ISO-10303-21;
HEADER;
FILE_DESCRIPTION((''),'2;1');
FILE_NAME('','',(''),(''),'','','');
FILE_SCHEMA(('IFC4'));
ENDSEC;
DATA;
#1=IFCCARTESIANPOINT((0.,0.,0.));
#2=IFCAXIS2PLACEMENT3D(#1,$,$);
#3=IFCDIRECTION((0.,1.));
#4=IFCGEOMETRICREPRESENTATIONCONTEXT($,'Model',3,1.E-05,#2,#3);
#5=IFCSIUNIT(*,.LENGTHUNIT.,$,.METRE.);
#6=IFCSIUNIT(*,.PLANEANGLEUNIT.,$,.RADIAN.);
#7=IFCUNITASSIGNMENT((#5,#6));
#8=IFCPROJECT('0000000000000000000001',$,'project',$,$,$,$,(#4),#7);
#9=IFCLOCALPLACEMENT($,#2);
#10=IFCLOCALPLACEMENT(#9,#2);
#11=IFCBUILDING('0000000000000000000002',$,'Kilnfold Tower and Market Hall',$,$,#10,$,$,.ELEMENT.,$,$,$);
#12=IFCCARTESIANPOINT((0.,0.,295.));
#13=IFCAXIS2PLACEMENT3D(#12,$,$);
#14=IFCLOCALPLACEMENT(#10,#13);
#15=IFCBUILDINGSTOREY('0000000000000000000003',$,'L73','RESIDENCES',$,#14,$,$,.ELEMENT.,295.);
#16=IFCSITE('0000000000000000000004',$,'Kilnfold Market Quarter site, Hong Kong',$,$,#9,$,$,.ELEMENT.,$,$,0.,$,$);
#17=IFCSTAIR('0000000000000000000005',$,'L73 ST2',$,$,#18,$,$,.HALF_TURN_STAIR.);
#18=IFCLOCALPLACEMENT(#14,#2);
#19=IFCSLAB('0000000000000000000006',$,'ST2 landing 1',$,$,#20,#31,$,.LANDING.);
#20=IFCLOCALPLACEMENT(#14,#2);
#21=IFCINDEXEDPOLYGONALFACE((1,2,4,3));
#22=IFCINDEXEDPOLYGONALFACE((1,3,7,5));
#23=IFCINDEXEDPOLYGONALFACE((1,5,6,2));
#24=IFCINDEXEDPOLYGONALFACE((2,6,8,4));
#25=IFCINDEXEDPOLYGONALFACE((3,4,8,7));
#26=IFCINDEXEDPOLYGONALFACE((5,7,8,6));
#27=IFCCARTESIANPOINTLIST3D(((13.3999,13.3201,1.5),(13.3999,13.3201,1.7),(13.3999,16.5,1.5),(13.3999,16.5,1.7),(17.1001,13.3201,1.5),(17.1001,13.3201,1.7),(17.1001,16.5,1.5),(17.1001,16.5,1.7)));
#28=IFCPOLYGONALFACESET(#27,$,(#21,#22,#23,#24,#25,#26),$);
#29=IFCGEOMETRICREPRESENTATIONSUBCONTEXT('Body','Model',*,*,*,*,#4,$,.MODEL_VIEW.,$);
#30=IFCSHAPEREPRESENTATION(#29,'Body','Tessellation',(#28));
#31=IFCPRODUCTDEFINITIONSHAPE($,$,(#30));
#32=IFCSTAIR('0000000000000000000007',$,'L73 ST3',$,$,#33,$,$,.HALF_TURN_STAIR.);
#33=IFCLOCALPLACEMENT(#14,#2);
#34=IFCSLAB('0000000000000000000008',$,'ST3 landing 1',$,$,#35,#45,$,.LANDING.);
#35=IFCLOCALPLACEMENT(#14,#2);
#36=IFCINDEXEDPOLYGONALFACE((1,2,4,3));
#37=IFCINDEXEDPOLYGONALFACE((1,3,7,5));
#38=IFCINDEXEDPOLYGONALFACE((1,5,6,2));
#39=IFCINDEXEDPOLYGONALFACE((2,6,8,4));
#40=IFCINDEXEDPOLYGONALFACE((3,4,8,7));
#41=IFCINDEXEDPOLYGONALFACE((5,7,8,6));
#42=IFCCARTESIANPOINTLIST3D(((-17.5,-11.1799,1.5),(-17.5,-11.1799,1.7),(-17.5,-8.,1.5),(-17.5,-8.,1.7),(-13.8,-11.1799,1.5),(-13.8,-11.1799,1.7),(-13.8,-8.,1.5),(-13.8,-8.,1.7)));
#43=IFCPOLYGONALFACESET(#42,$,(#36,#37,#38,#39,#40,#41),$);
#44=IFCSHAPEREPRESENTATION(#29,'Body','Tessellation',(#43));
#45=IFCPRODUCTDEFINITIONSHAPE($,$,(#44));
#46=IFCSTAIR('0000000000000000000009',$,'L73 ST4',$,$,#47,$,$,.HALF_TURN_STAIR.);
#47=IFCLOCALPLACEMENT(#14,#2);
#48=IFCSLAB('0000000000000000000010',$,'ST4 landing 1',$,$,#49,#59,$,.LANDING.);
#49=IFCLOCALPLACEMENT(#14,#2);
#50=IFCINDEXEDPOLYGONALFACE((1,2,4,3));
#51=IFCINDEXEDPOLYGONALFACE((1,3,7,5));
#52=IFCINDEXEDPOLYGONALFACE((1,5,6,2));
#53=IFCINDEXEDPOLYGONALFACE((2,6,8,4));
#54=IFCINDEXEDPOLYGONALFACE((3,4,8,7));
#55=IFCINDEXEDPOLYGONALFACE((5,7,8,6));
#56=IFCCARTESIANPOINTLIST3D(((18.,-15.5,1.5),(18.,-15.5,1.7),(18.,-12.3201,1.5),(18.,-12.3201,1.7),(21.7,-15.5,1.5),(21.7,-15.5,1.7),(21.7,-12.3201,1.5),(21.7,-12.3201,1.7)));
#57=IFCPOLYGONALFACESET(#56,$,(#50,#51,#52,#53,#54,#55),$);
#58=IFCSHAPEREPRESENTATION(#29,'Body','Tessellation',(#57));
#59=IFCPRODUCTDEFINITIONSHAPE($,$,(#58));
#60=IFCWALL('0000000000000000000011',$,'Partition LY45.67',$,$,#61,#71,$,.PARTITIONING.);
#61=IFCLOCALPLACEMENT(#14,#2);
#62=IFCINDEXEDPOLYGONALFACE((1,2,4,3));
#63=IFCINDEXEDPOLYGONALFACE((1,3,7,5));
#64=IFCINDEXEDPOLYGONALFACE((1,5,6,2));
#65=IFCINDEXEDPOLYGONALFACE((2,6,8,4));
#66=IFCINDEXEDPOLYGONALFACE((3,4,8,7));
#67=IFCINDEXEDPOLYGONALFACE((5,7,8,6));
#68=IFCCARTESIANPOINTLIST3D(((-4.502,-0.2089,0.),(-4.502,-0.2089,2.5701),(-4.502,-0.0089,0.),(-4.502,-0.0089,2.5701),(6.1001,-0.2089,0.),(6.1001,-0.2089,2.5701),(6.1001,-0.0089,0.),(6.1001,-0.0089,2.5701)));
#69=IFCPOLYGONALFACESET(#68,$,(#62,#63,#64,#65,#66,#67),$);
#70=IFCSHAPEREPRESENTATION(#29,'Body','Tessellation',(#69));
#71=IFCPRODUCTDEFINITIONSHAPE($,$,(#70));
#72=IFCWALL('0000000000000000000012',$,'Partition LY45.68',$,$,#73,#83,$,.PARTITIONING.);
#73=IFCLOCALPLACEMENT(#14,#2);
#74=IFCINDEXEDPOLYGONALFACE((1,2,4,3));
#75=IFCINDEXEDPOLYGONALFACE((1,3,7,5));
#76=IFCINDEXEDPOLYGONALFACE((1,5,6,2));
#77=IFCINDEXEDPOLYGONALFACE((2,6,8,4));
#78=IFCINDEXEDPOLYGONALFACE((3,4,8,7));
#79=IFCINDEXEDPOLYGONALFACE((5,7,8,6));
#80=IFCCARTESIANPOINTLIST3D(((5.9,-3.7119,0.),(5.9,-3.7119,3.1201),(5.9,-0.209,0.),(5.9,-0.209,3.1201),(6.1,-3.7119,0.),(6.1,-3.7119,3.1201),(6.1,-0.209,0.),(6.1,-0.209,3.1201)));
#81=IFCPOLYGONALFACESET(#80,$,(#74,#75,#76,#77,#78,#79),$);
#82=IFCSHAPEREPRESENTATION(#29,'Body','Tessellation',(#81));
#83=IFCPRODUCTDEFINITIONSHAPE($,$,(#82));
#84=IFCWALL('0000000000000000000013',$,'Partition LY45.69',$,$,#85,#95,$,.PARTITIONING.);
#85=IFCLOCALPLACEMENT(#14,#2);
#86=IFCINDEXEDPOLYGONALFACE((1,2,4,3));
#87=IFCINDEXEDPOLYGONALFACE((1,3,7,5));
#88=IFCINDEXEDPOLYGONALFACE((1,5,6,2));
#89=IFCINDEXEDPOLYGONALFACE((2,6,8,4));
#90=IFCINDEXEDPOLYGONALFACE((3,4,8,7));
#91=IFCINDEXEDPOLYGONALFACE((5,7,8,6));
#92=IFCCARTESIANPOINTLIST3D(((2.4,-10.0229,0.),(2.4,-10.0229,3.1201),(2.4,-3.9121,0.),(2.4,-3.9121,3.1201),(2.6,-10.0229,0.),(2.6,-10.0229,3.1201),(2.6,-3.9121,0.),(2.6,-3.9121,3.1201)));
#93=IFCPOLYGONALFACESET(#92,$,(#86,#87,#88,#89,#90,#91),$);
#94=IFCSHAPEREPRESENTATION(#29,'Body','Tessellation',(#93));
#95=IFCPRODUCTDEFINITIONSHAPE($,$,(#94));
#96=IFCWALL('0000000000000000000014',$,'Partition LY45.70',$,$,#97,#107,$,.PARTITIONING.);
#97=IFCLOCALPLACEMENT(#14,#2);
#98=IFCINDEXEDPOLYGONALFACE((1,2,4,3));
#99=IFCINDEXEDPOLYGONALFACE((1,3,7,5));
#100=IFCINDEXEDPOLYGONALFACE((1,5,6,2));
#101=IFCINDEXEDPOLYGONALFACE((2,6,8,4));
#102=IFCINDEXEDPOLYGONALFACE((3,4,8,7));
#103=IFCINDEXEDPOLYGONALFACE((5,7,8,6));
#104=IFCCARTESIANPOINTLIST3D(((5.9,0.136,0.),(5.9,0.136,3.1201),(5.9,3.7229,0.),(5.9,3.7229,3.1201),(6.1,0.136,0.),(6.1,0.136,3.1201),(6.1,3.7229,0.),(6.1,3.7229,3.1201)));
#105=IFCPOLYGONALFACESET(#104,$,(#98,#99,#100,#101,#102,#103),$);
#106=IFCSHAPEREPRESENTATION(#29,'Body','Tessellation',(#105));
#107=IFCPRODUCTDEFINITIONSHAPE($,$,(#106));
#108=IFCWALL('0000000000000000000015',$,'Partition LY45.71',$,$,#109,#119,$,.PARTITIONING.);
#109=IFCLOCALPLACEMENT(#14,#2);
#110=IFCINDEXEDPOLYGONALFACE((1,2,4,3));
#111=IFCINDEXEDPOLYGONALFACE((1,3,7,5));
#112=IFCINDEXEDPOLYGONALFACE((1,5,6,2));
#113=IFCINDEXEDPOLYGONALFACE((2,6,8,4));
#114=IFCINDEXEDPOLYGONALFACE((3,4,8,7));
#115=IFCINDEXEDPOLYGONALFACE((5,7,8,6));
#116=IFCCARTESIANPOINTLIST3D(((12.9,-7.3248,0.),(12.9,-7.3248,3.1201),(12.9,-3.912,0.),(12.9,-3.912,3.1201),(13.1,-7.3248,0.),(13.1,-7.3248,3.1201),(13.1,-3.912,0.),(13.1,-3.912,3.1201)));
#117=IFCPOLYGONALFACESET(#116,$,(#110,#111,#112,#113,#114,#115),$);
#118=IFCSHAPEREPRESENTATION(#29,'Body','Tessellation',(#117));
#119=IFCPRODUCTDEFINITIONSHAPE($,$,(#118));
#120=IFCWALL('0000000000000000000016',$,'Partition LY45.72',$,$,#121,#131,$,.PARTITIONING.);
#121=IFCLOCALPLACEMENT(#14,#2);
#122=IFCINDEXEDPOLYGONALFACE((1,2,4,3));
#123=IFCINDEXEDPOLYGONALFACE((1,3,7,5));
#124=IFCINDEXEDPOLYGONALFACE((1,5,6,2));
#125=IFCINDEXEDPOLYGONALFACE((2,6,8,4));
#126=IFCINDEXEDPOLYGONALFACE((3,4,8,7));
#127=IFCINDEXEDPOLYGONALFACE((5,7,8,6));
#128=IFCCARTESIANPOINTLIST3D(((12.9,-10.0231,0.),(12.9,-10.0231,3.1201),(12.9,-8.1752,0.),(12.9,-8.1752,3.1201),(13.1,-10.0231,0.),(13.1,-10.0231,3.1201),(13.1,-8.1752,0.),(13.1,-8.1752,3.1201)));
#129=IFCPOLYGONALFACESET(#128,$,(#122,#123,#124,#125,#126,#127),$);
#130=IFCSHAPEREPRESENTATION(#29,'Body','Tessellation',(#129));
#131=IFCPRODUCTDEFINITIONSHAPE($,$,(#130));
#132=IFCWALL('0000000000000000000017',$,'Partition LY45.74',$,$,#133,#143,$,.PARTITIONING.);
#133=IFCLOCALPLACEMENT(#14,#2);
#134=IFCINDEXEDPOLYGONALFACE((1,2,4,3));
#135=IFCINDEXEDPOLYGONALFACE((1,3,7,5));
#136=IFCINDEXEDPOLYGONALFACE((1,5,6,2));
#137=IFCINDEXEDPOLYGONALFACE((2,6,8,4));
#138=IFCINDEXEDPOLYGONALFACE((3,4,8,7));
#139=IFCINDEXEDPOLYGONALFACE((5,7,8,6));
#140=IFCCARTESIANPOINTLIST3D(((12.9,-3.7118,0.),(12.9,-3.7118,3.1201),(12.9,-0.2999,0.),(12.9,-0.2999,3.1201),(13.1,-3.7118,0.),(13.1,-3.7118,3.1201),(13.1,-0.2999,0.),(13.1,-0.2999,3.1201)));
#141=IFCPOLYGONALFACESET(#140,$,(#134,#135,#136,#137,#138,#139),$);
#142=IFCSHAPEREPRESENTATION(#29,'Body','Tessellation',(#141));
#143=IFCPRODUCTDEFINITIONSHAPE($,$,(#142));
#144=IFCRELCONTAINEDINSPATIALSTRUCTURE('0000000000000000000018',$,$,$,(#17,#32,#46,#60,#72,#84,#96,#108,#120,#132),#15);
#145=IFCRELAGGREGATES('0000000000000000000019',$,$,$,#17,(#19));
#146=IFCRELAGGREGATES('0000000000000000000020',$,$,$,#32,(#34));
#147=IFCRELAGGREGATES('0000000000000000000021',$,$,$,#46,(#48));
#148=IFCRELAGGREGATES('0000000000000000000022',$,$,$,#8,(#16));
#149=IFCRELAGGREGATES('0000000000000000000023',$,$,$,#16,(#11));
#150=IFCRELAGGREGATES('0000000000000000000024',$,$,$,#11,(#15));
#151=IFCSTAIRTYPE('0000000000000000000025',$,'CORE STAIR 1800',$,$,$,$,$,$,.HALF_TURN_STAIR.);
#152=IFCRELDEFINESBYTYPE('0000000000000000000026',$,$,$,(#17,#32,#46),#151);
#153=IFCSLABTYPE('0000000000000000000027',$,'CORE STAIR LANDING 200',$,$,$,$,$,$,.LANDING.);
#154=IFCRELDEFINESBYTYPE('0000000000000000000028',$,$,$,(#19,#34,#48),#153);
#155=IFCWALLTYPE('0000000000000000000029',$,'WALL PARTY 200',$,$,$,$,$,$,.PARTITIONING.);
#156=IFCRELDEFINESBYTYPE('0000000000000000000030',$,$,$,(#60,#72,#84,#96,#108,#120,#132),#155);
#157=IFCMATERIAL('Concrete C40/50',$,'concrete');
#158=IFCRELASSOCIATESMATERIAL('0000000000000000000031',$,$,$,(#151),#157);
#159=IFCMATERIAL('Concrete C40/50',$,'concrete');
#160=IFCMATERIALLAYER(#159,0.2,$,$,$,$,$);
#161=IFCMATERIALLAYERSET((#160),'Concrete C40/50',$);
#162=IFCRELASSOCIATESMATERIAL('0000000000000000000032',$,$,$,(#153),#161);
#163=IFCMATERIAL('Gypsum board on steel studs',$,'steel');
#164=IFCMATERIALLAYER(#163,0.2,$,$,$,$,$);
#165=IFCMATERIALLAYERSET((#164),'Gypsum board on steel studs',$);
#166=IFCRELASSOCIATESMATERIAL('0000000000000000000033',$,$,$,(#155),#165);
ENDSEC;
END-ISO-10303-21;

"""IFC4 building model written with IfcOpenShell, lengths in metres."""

from ifc_helpers import new_model, si_unit, direction, frame, frame_2d, origin, place, context, subcontext, project, spatial, polyline, rectangle, outline, extrude, source, transform, mapped, material, layer, layer_set, type_object, element, aggregate, save


model = new_model("IFC4")

# Units and contexts
model_context = context("Model", 3, precision=1e-05, world=origin(), true_north=direction((0.0, 1.0)))
body_context = subcontext(model_context, "Body", "Model", "MODEL_VIEW")
ifc_project = project(units=[si_unit("LENGTHUNIT", "METRE"), si_unit("PLANEANGLEUNIT", "RADIAN")], contexts=[model_context])

# Site, building, storey
site_placement = place(None, origin())
site = spatial("IfcSite", under=ifc_project, at=site_placement, Name="Kilnfold Market Quarter site, Hong Kong", CompositionType="ELEMENT", RefElevation=0.0)
building_placement = place(site_placement, origin())
building = spatial("IfcBuilding", under=site, at=building_placement, Name="Kilnfold Tower and Market Hall", CompositionType="ELEMENT")
storey_placement = place(building_placement, frame((0.0, 0.0, 295.0)))
storey = spatial("IfcBuildingStorey", under=building, at=storey_placement, Name="L73", Description="RESIDENCES", CompositionType="ELEMENT", Elevation=295.0)

# Stairs, slabs
ifc_material_1 = material(Name="Concrete C40/50", Category="concrete")
stair_type = type_object("IfcStairType", Name="CORE STAIR 1800", PredefinedType="HALF_TURN_STAIR", material=ifc_material_1)
ifc_material_2 = material(Name="Concrete C40/50", Category="concrete")
ifc_layer_1 = layer(ifc_material_2, 0.2)
ifc_layer_set_1 = layer_set([ifc_layer_1], Name="Concrete C40/50")
slab_type_1 = type_object("IfcSlabType", Name="CORE STAIR LANDING 200", PredefinedType="LANDING", material=ifc_layer_set_1)
stair_1_placement = place(storey_placement, origin())
stair_1 = element("IfcStair", 1, at=stair_1_placement, inside=storey, type_object=stair_type, Name="L73 ST2", PredefinedType="HALF_TURN_STAIR")
shared_shape_1 = source(origin(), body_context, "Body", "SweptSolid", [
    extrude(outline(polyline([(17.1001, 13.3201), (17.1001, 16.5), (13.3999, 16.5), (13.3999, 13.3201), (17.1001, 13.3201)])), origin(), (0.0, 0.0, 1.0), 0.2),
])
slab_1_placement = place(storey_placement, frame((0.0, 0.0, 1.5)))
slab_1 = element("IfcSlab", 2, at=slab_1_placement, type_object=slab_type_1, Name="ST2 landing 1", PredefinedType="LANDING", context=body_context, shape_type="MappedRepresentation", body=[
    mapped(shared_shape_1, transform((0.0, 0.0, 0.0))),
])
aggregate(stair_1, [slab_1])
stair_2_placement = place(storey_placement, origin())
stair_2 = element("IfcStair", 3, at=stair_2_placement, inside=storey, type_object=stair_type, Name="L73 ST3", PredefinedType="HALF_TURN_STAIR")
shared_shape_2 = source(origin(), body_context, "Body", "SweptSolid", [
    extrude(outline(polyline([(-13.8, -11.1799), (-13.8, -8.0), (-17.5, -8.0), (-17.5, -11.1799), (-13.8, -11.1799)])), origin(), (0.0, 0.0, 1.0), 0.2),
])
slab_2_placement = place(storey_placement, frame((0.0, 0.0, 1.5)))
slab_2 = element("IfcSlab", 4, at=slab_2_placement, type_object=slab_type_1, Name="ST3 landing 1", PredefinedType="LANDING", context=body_context, shape_type="MappedRepresentation", body=[
    mapped(shared_shape_2, transform((0.0, 0.0, 0.0))),
])
aggregate(stair_2, [slab_2])
stair_3_placement = place(storey_placement, origin())
stair_3 = element("IfcStair", 5, at=stair_3_placement, inside=storey, type_object=stair_type, Name="L73 ST4", PredefinedType="HALF_TURN_STAIR")
shared_shape_3 = source(origin(), body_context, "Body", "SweptSolid", [
    extrude(outline(polyline([(18.0, -12.3201), (18.0, -15.5), (21.7, -15.5), (21.7, -12.3201), (18.0, -12.3201)])), origin(), (0.0, 0.0, 1.0), 0.2),
])
slab_3_placement = place(storey_placement, frame((0.0, 0.0, 1.5)))
slab_3 = element("IfcSlab", 6, at=slab_3_placement, type_object=slab_type_1, Name="ST4 landing 1", PredefinedType="LANDING", context=body_context, shape_type="MappedRepresentation", body=[
    mapped(shared_shape_3, transform((0.0, 0.0, 0.0))),
])
aggregate(stair_3, [slab_3])

# Walls
ifc_material_3 = material(Name="Gypsum board on steel studs", Category="steel")
ifc_layer_2 = layer(ifc_material_3, 0.2)
ifc_layer_set_2 = layer_set([ifc_layer_2], Name="Gypsum board on steel studs")
wall_type = type_object("IfcWallType", Name="WALL PARTY 200", PredefinedType="PARTITIONING", material=ifc_layer_set_2)
wall_1_placement = place(storey_placement, frame((6.1001, -0.1089, 0.0), z_axis=(0.0, 0.0, 1.0), x_axis=(-1.0, 0.0, 0.0)))
element("IfcWall", 7, at=wall_1_placement, inside=storey, type_object=wall_type, Name="Partition LY45.67", PredefinedType="PARTITIONING", context=body_context, shape_type="SweptSolid", body=[
    extrude(rectangle(XDim=10.6021, YDim=0.2, at=frame_2d((5.301, 0.0))), origin(), (0.0, 0.0, 1.0), 2.5701),
])
wall_2_placement = place(storey_placement, frame((6.0, -3.7119, 0.0), z_axis=(0.0, 0.0, 1.0), x_axis=(0.0, 1.0, 0.0)))
element("IfcWall", 8, at=wall_2_placement, inside=storey, type_object=wall_type, Name="Partition LY45.68", PredefinedType="PARTITIONING", context=body_context, shape_type="SweptSolid", body=[
    extrude(rectangle(XDim=3.5029, YDim=0.2, at=frame_2d((1.7515, 0.0))), origin(), (0.0, 0.0, 1.0), 3.1201),
])
wall_3_placement = place(storey_placement, frame((2.5, -10.0229, 0.0), z_axis=(0.0, 0.0, 1.0), x_axis=(0.0, 1.0, 0.0)))
element("IfcWall", 9, at=wall_3_placement, inside=storey, type_object=wall_type, Name="Partition LY45.69", PredefinedType="PARTITIONING", context=body_context, shape_type="SweptSolid", body=[
    extrude(rectangle(XDim=6.1108, YDim=0.2, at=frame_2d((3.0554, 0.0))), origin(), (0.0, 0.0, 1.0), 3.1201),
])
wall_4_placement = place(storey_placement, frame((6.0, 0.136, 0.0), z_axis=(0.0, 0.0, 1.0), x_axis=(0.0, 1.0, 0.0)))
element("IfcWall", 10, at=wall_4_placement, inside=storey, type_object=wall_type, Name="Partition LY45.70", PredefinedType="PARTITIONING", context=body_context, shape_type="SweptSolid", body=[
    extrude(rectangle(XDim=3.5869, YDim=0.2, at=frame_2d((1.7935, 0.0))), origin(), (0.0, 0.0, 1.0), 3.1201),
])
wall_5_placement = place(storey_placement, frame((13.0, -7.325, 0.0), z_axis=(0.0, 0.0, 1.0), x_axis=(0.0, 1.0, 0.0)))
element("IfcWall", 11, at=wall_5_placement, inside=storey, type_object=wall_type, Name="Partition LY45.71", PredefinedType="PARTITIONING", context=body_context, shape_type="SweptSolid", body=[
    extrude(rectangle(XDim=3.4128, YDim=0.2, at=frame_2d((1.7065, 0.0))), origin(), (0.0, 0.0, 1.0), 3.1201),
])
wall_6_placement = place(storey_placement, frame((13.0, -10.0229, 0.0), z_axis=(0.0, 0.0, 1.0), x_axis=(0.0, 1.0, 0.0)))
element("IfcWall", 12, at=wall_6_placement, inside=storey, type_object=wall_type, Name="Partition LY45.72", PredefinedType="PARTITIONING", context=body_context, shape_type="SweptSolid", body=[
    extrude(rectangle(XDim=1.8479, YDim=0.2, at=frame_2d((0.9238, 0.0))), origin(), (0.0, 0.0, 1.0), 3.1201),
])
wall_7_placement = place(storey_placement, frame((13.0, -3.7119, 0.0), z_axis=(0.0, 0.0, 1.0), x_axis=(0.0, 1.0, 0.0)))
element("IfcWall", 13, at=wall_7_placement, inside=storey, type_object=wall_type, Name="Partition LY45.74", PredefinedType="PARTITIONING", context=body_context, shape_type="SweptSolid", body=[
    extrude(rectangle(XDim=3.4119, YDim=0.2, at=frame_2d((1.7061, 0.0))), origin(), (0.0, 0.0, 1.0), 3.1201),
])

save(model, "model.ifc")
